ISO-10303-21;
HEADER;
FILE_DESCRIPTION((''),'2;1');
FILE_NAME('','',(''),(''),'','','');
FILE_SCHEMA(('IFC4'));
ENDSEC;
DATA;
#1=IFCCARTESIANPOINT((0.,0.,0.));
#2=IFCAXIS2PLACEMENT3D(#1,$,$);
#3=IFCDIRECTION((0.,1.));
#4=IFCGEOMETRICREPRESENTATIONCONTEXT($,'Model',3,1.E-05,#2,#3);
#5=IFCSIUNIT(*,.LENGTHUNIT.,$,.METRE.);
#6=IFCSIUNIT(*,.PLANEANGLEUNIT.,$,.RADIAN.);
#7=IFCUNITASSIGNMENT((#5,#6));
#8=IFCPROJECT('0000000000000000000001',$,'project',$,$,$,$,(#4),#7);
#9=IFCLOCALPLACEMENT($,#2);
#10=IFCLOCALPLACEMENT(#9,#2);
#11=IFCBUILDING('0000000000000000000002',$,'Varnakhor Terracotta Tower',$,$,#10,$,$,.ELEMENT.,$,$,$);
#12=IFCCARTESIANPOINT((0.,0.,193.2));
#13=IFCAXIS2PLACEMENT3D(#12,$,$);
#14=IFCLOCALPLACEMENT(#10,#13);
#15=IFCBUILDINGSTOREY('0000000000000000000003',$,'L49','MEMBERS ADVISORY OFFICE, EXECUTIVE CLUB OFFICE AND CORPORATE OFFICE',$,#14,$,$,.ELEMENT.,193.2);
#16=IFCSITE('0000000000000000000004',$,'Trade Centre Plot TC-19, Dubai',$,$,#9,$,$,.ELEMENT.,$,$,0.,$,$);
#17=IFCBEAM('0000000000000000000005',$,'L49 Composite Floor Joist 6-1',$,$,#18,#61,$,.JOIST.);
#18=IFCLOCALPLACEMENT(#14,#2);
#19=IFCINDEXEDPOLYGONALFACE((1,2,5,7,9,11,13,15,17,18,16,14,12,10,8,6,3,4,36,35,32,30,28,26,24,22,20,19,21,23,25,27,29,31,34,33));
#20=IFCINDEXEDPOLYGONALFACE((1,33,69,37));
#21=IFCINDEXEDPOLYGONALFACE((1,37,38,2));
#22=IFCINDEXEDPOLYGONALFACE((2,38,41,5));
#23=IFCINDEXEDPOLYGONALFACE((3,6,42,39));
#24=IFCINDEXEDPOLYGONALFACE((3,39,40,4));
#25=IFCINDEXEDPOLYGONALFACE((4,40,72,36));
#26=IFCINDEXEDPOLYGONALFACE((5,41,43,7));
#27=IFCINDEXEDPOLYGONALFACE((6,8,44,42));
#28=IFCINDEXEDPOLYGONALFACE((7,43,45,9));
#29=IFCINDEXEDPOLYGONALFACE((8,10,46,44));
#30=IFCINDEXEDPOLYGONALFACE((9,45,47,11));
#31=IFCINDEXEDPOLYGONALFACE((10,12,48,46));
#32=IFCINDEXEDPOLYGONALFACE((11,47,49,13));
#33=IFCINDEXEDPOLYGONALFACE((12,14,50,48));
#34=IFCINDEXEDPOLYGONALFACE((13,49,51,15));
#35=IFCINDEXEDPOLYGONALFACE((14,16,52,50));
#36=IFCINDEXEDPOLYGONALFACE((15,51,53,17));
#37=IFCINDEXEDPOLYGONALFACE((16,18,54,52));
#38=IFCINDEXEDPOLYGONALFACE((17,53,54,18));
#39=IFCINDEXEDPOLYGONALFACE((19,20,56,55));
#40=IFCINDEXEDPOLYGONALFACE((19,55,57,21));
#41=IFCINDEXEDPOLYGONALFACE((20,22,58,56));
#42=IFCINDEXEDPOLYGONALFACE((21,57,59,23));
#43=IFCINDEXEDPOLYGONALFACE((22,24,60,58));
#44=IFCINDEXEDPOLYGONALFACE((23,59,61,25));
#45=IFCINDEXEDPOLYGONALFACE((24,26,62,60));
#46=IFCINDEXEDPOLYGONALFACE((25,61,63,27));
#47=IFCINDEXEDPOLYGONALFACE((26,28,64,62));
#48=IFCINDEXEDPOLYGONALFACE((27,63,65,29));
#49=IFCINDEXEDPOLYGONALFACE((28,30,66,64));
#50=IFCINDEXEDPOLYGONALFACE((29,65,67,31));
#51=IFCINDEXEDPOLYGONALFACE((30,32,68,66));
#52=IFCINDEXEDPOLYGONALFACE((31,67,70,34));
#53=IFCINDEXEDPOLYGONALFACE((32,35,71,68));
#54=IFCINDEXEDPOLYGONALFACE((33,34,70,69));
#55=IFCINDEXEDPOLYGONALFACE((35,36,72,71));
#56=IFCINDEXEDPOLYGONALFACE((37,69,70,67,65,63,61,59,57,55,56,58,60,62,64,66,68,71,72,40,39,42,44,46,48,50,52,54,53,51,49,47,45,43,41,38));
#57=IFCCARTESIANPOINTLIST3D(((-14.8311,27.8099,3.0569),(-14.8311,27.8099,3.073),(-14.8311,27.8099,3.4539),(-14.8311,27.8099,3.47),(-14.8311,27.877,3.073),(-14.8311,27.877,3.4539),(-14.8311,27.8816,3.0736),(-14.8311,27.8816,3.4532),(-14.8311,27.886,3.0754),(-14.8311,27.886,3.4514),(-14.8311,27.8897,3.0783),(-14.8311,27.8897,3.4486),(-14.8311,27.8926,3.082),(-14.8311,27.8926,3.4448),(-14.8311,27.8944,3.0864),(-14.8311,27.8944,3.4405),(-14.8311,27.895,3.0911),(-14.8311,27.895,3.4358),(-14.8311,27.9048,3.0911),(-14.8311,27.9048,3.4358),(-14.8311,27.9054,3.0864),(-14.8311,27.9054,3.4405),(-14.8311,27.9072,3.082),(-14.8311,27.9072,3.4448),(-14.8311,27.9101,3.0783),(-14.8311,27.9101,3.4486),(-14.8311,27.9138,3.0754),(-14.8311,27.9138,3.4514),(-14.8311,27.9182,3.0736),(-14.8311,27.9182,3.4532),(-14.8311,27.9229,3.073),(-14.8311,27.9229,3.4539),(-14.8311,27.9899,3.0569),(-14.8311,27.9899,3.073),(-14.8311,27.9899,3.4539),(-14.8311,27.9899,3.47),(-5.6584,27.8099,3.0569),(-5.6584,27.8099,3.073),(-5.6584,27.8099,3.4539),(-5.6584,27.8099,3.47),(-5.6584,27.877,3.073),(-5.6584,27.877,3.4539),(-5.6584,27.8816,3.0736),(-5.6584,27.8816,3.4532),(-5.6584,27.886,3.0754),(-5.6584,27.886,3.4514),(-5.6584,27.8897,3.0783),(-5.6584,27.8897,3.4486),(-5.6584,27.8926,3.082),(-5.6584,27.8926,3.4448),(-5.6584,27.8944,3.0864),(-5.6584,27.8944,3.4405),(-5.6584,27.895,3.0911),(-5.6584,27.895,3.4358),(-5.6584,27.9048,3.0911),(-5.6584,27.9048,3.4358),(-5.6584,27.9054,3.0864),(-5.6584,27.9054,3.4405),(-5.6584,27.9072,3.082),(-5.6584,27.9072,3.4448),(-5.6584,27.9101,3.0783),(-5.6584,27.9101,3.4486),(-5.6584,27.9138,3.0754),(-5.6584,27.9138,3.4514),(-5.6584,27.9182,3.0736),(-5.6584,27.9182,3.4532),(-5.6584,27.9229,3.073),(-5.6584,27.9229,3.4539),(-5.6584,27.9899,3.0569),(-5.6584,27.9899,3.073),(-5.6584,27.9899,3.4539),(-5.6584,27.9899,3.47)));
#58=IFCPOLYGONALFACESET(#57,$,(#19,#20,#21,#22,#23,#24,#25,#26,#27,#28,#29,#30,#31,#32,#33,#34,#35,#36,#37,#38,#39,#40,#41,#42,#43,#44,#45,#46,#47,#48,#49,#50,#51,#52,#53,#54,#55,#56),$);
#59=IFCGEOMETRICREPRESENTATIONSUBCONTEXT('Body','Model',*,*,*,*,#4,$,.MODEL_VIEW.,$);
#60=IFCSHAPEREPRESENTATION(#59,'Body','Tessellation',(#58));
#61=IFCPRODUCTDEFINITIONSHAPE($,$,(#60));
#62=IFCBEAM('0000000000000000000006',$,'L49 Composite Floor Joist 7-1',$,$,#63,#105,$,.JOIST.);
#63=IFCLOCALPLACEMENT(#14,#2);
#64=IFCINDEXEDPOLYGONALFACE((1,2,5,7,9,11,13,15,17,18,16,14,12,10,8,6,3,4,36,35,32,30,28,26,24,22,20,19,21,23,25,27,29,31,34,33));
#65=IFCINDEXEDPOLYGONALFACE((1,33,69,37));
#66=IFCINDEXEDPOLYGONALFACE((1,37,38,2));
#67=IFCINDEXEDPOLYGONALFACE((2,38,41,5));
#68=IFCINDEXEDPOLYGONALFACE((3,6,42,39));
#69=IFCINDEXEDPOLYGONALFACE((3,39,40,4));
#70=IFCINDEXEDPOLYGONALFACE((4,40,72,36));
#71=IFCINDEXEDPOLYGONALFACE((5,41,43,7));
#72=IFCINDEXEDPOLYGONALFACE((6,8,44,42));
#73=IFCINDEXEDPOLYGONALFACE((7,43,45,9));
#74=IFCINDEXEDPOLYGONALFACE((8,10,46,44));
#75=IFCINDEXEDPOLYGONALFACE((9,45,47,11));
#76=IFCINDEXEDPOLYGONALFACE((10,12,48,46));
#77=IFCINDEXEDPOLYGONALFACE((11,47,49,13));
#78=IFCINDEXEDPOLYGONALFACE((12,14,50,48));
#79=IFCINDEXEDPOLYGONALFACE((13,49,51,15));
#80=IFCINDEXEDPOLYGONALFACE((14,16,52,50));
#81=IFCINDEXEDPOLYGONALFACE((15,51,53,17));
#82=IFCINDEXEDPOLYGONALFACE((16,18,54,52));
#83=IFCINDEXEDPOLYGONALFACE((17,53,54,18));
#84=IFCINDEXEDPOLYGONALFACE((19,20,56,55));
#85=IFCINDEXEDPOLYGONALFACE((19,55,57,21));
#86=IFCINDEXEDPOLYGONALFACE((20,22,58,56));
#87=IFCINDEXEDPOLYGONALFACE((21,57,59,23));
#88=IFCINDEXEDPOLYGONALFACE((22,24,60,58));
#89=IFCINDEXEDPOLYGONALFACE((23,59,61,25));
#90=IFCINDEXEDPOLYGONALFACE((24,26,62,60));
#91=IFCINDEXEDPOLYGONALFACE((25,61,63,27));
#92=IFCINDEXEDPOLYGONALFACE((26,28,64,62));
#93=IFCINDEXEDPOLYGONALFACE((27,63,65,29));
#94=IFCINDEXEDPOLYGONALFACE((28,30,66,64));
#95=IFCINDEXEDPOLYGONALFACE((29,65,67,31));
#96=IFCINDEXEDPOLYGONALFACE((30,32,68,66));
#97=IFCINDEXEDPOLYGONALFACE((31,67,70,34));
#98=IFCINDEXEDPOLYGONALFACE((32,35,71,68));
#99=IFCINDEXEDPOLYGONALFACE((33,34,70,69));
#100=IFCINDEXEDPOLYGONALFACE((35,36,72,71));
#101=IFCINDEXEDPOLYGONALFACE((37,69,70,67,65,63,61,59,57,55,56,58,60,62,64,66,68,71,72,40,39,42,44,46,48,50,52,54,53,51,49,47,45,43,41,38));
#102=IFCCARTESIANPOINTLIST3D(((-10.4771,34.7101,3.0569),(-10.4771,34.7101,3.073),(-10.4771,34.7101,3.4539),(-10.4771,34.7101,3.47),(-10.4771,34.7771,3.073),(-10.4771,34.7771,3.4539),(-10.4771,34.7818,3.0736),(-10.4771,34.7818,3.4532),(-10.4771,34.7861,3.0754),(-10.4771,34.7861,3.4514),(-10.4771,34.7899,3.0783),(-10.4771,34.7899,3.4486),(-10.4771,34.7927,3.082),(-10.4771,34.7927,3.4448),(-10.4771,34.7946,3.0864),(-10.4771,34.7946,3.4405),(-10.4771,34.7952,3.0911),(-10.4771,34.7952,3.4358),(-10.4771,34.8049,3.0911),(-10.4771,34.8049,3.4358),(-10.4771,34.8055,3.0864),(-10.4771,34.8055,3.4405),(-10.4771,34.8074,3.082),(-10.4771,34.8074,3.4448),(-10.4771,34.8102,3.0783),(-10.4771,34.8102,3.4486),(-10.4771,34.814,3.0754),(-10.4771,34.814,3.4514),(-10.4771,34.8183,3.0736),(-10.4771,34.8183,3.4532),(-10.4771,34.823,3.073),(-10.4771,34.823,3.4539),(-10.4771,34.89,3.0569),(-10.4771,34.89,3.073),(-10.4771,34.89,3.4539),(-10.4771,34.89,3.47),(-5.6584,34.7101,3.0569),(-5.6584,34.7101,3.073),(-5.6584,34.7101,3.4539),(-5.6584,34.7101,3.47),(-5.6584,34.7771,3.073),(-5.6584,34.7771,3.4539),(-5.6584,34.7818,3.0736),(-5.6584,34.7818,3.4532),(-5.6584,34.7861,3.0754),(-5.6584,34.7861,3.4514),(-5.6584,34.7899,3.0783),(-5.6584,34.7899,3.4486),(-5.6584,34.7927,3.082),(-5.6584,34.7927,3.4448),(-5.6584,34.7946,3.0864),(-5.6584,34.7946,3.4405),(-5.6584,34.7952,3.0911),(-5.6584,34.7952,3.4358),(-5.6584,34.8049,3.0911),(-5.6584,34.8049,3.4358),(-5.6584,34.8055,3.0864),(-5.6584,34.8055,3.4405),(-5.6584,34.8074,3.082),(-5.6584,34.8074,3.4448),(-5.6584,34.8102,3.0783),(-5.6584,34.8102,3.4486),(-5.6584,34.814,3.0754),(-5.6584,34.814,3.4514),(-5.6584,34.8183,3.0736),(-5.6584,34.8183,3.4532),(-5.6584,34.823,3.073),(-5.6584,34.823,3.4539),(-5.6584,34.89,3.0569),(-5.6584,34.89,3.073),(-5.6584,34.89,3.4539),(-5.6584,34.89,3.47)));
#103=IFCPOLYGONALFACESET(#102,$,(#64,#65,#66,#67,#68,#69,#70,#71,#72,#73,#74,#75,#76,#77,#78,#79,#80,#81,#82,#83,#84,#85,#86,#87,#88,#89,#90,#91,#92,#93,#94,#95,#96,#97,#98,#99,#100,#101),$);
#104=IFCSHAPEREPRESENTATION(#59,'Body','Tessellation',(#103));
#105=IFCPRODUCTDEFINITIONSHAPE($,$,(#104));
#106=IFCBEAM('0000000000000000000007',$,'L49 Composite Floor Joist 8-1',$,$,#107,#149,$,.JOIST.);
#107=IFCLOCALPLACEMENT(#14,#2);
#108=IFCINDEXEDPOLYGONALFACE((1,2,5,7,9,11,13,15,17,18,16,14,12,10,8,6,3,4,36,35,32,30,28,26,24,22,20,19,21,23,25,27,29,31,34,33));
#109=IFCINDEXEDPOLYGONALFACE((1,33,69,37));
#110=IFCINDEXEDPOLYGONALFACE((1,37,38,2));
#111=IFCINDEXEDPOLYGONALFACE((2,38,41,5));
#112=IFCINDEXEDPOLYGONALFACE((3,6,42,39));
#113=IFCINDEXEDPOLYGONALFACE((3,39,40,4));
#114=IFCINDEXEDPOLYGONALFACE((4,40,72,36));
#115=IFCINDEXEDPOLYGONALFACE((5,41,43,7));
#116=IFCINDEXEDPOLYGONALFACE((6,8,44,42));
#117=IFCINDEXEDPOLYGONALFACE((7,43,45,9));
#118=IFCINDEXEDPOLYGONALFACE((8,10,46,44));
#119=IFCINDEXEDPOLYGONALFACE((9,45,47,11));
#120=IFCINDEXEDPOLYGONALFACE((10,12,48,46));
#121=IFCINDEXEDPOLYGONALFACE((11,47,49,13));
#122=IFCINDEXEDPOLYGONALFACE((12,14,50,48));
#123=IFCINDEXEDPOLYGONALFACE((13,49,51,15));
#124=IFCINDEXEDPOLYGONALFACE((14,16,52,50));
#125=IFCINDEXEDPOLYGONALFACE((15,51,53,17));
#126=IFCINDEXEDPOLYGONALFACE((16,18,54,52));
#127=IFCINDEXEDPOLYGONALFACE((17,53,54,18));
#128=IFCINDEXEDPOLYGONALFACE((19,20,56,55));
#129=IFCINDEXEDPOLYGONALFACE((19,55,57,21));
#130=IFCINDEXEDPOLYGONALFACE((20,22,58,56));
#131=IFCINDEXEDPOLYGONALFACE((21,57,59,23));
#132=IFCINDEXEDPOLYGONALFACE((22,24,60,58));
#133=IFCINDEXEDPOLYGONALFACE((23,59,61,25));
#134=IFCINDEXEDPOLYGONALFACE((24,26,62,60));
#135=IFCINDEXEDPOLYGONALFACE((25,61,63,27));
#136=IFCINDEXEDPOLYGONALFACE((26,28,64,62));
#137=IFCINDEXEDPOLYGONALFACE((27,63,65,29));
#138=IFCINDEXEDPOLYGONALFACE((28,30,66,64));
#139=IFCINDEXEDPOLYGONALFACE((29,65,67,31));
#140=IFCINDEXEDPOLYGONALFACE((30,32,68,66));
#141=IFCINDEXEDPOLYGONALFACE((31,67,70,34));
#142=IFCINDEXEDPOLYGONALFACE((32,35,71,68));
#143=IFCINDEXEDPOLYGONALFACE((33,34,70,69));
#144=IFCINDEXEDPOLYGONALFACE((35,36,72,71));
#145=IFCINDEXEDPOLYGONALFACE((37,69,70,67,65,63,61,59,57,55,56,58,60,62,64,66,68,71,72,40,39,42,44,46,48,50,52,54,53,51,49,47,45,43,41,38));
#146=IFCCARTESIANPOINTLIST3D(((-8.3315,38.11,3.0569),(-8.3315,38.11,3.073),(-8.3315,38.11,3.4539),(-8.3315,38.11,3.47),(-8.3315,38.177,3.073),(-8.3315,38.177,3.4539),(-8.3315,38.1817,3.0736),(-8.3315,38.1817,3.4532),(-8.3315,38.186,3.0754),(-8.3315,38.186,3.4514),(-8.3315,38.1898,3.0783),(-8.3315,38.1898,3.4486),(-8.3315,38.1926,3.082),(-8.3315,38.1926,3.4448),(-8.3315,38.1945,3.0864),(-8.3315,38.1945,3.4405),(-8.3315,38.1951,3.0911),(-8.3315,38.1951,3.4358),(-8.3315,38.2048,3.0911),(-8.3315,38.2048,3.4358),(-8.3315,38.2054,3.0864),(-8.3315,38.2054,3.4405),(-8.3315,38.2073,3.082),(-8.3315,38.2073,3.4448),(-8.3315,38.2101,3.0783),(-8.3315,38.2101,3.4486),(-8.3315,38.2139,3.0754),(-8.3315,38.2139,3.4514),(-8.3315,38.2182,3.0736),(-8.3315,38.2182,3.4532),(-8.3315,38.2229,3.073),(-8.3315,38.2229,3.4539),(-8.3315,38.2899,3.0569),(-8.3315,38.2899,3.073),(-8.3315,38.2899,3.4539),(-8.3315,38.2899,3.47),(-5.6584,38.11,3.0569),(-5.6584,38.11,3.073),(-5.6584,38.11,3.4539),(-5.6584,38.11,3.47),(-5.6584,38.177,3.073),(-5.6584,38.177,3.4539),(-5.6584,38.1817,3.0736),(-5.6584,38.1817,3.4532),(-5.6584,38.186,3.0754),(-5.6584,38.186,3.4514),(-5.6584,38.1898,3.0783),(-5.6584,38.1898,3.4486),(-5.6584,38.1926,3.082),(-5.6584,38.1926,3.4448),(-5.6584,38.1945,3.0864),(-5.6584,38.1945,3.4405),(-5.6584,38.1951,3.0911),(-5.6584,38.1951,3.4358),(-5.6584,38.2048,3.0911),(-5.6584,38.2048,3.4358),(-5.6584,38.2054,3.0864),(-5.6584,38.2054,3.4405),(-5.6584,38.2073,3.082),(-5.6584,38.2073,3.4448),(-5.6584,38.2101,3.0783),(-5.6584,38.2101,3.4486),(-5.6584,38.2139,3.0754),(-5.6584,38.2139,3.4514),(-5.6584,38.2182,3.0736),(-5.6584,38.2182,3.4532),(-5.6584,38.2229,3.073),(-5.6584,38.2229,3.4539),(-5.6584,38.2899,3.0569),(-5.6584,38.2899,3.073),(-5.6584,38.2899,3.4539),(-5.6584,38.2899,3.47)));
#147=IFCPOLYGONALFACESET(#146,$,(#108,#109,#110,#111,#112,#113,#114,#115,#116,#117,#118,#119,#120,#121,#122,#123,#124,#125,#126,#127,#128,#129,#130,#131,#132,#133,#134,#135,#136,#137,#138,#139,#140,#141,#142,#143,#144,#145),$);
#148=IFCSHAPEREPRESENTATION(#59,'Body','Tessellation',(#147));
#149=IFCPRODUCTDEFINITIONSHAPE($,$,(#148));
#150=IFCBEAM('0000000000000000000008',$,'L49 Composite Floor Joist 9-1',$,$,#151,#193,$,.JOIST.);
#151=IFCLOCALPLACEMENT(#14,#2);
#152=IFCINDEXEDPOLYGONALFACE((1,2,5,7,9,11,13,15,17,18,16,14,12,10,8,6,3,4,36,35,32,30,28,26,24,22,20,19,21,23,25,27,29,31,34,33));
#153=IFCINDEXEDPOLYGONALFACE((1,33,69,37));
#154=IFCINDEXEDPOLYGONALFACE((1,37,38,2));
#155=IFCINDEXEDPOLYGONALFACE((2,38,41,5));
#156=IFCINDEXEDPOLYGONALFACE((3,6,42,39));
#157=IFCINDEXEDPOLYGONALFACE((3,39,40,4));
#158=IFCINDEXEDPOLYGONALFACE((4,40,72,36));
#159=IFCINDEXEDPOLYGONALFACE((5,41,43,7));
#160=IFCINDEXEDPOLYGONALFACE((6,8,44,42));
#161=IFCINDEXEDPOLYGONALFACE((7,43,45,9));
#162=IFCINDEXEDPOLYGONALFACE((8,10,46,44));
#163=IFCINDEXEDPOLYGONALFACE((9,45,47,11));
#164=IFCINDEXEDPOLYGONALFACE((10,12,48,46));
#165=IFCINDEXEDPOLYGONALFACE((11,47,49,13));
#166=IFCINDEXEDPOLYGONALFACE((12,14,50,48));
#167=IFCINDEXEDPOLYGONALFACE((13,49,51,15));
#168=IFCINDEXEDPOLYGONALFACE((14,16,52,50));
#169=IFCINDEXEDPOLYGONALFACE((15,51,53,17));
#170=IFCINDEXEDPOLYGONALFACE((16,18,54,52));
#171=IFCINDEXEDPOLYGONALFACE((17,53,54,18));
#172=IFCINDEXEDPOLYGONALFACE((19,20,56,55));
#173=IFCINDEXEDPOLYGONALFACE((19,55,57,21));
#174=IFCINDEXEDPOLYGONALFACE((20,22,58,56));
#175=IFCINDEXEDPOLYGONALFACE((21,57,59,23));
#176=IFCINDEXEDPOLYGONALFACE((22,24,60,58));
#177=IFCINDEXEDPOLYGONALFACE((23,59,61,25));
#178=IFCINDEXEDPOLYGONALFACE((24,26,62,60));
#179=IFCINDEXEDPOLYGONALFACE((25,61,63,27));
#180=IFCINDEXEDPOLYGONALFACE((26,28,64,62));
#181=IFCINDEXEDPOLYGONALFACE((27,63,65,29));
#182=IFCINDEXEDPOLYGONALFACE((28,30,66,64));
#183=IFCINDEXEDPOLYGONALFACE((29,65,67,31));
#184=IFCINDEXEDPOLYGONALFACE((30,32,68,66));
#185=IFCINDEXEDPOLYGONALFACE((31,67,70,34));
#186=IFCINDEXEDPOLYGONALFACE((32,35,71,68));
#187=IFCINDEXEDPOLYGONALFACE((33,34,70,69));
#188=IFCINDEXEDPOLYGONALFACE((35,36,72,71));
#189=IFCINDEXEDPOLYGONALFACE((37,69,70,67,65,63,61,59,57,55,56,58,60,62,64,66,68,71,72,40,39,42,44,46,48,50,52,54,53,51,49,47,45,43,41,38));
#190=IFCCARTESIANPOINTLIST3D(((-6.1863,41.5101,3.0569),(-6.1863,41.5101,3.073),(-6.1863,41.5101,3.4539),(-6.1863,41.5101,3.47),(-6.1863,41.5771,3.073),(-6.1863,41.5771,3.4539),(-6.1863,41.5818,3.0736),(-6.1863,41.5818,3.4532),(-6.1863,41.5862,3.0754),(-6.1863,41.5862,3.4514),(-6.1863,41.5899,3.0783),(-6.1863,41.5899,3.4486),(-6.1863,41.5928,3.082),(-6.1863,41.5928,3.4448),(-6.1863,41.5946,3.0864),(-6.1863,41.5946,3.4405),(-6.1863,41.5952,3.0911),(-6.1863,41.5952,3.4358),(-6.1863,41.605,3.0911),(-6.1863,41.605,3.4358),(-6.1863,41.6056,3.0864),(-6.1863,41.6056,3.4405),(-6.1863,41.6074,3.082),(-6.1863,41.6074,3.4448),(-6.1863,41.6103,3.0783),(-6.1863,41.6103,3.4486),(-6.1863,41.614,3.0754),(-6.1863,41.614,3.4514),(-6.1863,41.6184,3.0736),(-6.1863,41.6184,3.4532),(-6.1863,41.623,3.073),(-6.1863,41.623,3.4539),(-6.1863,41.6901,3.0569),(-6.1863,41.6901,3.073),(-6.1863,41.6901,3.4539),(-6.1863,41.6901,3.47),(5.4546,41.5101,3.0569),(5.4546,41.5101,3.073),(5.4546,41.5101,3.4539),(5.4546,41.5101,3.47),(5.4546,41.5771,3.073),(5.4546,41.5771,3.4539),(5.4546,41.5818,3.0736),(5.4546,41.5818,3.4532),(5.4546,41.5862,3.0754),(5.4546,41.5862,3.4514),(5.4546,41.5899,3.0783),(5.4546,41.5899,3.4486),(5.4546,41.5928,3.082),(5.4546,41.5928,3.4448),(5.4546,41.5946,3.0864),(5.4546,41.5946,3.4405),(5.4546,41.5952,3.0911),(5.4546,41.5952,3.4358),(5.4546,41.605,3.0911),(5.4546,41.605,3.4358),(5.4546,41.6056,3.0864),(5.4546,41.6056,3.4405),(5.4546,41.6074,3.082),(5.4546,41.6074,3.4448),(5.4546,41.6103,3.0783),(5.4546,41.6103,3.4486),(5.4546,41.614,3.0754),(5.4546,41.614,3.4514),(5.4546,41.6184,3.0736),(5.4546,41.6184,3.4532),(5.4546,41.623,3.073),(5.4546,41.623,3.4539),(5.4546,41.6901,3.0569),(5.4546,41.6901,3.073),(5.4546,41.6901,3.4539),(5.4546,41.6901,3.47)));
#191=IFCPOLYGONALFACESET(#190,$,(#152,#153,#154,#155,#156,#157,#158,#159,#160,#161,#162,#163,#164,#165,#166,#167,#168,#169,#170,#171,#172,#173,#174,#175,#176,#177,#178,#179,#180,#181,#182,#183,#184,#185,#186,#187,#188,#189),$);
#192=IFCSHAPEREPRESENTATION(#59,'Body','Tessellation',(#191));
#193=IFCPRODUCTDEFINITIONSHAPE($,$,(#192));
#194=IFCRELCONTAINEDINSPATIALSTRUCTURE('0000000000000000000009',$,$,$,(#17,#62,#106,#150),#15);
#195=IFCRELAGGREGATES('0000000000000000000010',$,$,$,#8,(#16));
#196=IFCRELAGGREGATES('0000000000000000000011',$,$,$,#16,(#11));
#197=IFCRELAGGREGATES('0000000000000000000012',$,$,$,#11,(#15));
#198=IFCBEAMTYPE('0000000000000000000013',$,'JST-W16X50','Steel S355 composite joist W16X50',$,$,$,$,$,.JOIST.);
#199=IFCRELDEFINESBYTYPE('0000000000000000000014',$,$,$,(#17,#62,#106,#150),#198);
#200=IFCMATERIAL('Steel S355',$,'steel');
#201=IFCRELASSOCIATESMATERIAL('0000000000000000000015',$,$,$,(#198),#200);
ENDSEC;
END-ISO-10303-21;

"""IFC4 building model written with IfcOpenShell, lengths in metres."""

from ifc_helpers import new_model, si_unit, direction, frame, origin, origin_2d, place, context, subcontext, project, spatial, i_section, extrude, source, transform, mapped, material, material_profile, profile_set, type_object, element, save


model = new_model("IFC4")

# Units and contexts
model_context = context("Model", 3, precision=1e-05, world=origin(), true_north=direction((0.0, 1.0)))
body_context = subcontext(model_context, "Body", "Model", "MODEL_VIEW")
ifc_project = project(units=[si_unit("LENGTHUNIT", "METRE"), si_unit("PLANEANGLEUNIT", "RADIAN")], contexts=[model_context])

# Site, building, storey
site_placement = place(None, origin())
site = spatial("IfcSite", under=ifc_project, at=site_placement, Name="Trade Centre Plot TC-19, Dubai", CompositionType="ELEMENT", RefElevation=0.0)
building_placement = place(site_placement, origin())
building = spatial("IfcBuilding", under=site, at=building_placement, Name="Varnakhor Terracotta Tower", CompositionType="ELEMENT")
storey_placement = place(building_placement, frame((0.0, 0.0, 193.2)))
storey = spatial("IfcBuildingStorey", under=building, at=storey_placement, Name="L49", Description="MEMBERS ADVISORY OFFICE, EXECUTIVE CLUB OFFICE AND CORPORATE OFFICE", CompositionType="ELEMENT", Elevation=193.2)

# Beams
ifc_material_1 = material(Name="Steel S355", Category="steel")
ifc_material_profile_1 = material_profile(ifc_material_1, i_section(OverallWidth=0.1799, OverallDepth=0.4131, WebThickness=0.0098, FlangeThickness=0.0161, FilletRadius=0.0181, at=origin_2d()), Name="W16X50")
ifc_profile_set_1 = profile_set([ifc_material_profile_1], Name="Steel S355")
beam_type_1 = type_object("IfcBeamType", Name="JST-W16X50", Description="Steel S355 composite joist W16X50", PredefinedType="JOIST", material=ifc_profile_set_1)
shared_shape_1 = source(origin(), body_context, "Body", "SweptSolid", [
    extrude(i_section(OverallWidth=0.1799, OverallDepth=0.4131, WebThickness=0.0098, FlangeThickness=0.0161, FilletRadius=0.0181, at=origin_2d()), origin(), (0.0, 0.0, 1.0), 9.1726),
])
beam_1_placement = place(storey_placement, frame((-14.8311, 27.8999, 3.2634), z_axis=(1.0, 0.0, 0.0), x_axis=(0.0, 1.0, 0.0)))
element("IfcBeam", 1, at=beam_1_placement, inside=storey, type_object=beam_type_1, Name="L49 Composite Floor Joist 6-1", PredefinedType="JOIST", context=body_context, shape_type="MappedRepresentation", body=[
    mapped(shared_shape_1, transform((0.0, 0.0, 0.0), scale=1.0)),
])
shared_shape_2 = source(origin(), body_context, "Body", "SweptSolid", [
    extrude(i_section(OverallWidth=0.1799, OverallDepth=0.4131, WebThickness=0.0098, FlangeThickness=0.0161, FilletRadius=0.0181, at=origin_2d()), origin(), (0.0, 0.0, 1.0), 4.8186),
])
beam_2_placement = place(storey_placement, frame((-10.4771, 34.8, 3.2634), z_axis=(1.0, 0.0, 0.0), x_axis=(0.0, 1.0, 0.0)))
element("IfcBeam", 2, at=beam_2_placement, inside=storey, type_object=beam_type_1, Name="L49 Composite Floor Joist 7-1", PredefinedType="JOIST", context=body_context, shape_type="MappedRepresentation", body=[
    mapped(shared_shape_2, transform((0.0, 0.0, 0.0), scale=1.0)),
])
shared_shape_3 = source(origin(), body_context, "Body", "SweptSolid", [
    extrude(i_section(OverallWidth=0.1799, OverallDepth=0.4131, WebThickness=0.0098, FlangeThickness=0.0161, FilletRadius=0.0181, at=origin_2d()), origin(), (0.0, 0.0, 1.0), 2.6731),
])
beam_3_placement = place(storey_placement, frame((-8.3315, 38.2, 3.2634), z_axis=(1.0, 0.0, 0.0), x_axis=(0.0, 1.0, 0.0)))
element("IfcBeam", 3, at=beam_3_placement, inside=storey, type_object=beam_type_1, Name="L49 Composite Floor Joist 8-1", PredefinedType="JOIST", context=body_context, shape_type="MappedRepresentation", body=[
    mapped(shared_shape_3, transform((0.0, 0.0, 0.0), scale=1.0)),
])
shared_shape_4 = source(origin(), body_context, "Body", "SweptSolid", [
    extrude(i_section(OverallWidth=0.1799, OverallDepth=0.4131, WebThickness=0.0098, FlangeThickness=0.0161, FilletRadius=0.0181, at=origin_2d()), origin(), (0.0, 0.0, 1.0), 11.6409),
])
beam_4_placement = place(storey_placement, frame((-6.1863, 41.6001, 3.2634), z_axis=(1.0, 0.0, 0.0), x_axis=(0.0, 1.0, 0.0)))
element("IfcBeam", 4, at=beam_4_placement, inside=storey, type_object=beam_type_1, Name="L49 Composite Floor Joist 9-1", PredefinedType="JOIST", context=body_context, shape_type="MappedRepresentation", body=[
    mapped(shared_shape_4, transform((0.0, 0.0, 0.0), scale=1.0)),
])

save(model, "model.ifc")
